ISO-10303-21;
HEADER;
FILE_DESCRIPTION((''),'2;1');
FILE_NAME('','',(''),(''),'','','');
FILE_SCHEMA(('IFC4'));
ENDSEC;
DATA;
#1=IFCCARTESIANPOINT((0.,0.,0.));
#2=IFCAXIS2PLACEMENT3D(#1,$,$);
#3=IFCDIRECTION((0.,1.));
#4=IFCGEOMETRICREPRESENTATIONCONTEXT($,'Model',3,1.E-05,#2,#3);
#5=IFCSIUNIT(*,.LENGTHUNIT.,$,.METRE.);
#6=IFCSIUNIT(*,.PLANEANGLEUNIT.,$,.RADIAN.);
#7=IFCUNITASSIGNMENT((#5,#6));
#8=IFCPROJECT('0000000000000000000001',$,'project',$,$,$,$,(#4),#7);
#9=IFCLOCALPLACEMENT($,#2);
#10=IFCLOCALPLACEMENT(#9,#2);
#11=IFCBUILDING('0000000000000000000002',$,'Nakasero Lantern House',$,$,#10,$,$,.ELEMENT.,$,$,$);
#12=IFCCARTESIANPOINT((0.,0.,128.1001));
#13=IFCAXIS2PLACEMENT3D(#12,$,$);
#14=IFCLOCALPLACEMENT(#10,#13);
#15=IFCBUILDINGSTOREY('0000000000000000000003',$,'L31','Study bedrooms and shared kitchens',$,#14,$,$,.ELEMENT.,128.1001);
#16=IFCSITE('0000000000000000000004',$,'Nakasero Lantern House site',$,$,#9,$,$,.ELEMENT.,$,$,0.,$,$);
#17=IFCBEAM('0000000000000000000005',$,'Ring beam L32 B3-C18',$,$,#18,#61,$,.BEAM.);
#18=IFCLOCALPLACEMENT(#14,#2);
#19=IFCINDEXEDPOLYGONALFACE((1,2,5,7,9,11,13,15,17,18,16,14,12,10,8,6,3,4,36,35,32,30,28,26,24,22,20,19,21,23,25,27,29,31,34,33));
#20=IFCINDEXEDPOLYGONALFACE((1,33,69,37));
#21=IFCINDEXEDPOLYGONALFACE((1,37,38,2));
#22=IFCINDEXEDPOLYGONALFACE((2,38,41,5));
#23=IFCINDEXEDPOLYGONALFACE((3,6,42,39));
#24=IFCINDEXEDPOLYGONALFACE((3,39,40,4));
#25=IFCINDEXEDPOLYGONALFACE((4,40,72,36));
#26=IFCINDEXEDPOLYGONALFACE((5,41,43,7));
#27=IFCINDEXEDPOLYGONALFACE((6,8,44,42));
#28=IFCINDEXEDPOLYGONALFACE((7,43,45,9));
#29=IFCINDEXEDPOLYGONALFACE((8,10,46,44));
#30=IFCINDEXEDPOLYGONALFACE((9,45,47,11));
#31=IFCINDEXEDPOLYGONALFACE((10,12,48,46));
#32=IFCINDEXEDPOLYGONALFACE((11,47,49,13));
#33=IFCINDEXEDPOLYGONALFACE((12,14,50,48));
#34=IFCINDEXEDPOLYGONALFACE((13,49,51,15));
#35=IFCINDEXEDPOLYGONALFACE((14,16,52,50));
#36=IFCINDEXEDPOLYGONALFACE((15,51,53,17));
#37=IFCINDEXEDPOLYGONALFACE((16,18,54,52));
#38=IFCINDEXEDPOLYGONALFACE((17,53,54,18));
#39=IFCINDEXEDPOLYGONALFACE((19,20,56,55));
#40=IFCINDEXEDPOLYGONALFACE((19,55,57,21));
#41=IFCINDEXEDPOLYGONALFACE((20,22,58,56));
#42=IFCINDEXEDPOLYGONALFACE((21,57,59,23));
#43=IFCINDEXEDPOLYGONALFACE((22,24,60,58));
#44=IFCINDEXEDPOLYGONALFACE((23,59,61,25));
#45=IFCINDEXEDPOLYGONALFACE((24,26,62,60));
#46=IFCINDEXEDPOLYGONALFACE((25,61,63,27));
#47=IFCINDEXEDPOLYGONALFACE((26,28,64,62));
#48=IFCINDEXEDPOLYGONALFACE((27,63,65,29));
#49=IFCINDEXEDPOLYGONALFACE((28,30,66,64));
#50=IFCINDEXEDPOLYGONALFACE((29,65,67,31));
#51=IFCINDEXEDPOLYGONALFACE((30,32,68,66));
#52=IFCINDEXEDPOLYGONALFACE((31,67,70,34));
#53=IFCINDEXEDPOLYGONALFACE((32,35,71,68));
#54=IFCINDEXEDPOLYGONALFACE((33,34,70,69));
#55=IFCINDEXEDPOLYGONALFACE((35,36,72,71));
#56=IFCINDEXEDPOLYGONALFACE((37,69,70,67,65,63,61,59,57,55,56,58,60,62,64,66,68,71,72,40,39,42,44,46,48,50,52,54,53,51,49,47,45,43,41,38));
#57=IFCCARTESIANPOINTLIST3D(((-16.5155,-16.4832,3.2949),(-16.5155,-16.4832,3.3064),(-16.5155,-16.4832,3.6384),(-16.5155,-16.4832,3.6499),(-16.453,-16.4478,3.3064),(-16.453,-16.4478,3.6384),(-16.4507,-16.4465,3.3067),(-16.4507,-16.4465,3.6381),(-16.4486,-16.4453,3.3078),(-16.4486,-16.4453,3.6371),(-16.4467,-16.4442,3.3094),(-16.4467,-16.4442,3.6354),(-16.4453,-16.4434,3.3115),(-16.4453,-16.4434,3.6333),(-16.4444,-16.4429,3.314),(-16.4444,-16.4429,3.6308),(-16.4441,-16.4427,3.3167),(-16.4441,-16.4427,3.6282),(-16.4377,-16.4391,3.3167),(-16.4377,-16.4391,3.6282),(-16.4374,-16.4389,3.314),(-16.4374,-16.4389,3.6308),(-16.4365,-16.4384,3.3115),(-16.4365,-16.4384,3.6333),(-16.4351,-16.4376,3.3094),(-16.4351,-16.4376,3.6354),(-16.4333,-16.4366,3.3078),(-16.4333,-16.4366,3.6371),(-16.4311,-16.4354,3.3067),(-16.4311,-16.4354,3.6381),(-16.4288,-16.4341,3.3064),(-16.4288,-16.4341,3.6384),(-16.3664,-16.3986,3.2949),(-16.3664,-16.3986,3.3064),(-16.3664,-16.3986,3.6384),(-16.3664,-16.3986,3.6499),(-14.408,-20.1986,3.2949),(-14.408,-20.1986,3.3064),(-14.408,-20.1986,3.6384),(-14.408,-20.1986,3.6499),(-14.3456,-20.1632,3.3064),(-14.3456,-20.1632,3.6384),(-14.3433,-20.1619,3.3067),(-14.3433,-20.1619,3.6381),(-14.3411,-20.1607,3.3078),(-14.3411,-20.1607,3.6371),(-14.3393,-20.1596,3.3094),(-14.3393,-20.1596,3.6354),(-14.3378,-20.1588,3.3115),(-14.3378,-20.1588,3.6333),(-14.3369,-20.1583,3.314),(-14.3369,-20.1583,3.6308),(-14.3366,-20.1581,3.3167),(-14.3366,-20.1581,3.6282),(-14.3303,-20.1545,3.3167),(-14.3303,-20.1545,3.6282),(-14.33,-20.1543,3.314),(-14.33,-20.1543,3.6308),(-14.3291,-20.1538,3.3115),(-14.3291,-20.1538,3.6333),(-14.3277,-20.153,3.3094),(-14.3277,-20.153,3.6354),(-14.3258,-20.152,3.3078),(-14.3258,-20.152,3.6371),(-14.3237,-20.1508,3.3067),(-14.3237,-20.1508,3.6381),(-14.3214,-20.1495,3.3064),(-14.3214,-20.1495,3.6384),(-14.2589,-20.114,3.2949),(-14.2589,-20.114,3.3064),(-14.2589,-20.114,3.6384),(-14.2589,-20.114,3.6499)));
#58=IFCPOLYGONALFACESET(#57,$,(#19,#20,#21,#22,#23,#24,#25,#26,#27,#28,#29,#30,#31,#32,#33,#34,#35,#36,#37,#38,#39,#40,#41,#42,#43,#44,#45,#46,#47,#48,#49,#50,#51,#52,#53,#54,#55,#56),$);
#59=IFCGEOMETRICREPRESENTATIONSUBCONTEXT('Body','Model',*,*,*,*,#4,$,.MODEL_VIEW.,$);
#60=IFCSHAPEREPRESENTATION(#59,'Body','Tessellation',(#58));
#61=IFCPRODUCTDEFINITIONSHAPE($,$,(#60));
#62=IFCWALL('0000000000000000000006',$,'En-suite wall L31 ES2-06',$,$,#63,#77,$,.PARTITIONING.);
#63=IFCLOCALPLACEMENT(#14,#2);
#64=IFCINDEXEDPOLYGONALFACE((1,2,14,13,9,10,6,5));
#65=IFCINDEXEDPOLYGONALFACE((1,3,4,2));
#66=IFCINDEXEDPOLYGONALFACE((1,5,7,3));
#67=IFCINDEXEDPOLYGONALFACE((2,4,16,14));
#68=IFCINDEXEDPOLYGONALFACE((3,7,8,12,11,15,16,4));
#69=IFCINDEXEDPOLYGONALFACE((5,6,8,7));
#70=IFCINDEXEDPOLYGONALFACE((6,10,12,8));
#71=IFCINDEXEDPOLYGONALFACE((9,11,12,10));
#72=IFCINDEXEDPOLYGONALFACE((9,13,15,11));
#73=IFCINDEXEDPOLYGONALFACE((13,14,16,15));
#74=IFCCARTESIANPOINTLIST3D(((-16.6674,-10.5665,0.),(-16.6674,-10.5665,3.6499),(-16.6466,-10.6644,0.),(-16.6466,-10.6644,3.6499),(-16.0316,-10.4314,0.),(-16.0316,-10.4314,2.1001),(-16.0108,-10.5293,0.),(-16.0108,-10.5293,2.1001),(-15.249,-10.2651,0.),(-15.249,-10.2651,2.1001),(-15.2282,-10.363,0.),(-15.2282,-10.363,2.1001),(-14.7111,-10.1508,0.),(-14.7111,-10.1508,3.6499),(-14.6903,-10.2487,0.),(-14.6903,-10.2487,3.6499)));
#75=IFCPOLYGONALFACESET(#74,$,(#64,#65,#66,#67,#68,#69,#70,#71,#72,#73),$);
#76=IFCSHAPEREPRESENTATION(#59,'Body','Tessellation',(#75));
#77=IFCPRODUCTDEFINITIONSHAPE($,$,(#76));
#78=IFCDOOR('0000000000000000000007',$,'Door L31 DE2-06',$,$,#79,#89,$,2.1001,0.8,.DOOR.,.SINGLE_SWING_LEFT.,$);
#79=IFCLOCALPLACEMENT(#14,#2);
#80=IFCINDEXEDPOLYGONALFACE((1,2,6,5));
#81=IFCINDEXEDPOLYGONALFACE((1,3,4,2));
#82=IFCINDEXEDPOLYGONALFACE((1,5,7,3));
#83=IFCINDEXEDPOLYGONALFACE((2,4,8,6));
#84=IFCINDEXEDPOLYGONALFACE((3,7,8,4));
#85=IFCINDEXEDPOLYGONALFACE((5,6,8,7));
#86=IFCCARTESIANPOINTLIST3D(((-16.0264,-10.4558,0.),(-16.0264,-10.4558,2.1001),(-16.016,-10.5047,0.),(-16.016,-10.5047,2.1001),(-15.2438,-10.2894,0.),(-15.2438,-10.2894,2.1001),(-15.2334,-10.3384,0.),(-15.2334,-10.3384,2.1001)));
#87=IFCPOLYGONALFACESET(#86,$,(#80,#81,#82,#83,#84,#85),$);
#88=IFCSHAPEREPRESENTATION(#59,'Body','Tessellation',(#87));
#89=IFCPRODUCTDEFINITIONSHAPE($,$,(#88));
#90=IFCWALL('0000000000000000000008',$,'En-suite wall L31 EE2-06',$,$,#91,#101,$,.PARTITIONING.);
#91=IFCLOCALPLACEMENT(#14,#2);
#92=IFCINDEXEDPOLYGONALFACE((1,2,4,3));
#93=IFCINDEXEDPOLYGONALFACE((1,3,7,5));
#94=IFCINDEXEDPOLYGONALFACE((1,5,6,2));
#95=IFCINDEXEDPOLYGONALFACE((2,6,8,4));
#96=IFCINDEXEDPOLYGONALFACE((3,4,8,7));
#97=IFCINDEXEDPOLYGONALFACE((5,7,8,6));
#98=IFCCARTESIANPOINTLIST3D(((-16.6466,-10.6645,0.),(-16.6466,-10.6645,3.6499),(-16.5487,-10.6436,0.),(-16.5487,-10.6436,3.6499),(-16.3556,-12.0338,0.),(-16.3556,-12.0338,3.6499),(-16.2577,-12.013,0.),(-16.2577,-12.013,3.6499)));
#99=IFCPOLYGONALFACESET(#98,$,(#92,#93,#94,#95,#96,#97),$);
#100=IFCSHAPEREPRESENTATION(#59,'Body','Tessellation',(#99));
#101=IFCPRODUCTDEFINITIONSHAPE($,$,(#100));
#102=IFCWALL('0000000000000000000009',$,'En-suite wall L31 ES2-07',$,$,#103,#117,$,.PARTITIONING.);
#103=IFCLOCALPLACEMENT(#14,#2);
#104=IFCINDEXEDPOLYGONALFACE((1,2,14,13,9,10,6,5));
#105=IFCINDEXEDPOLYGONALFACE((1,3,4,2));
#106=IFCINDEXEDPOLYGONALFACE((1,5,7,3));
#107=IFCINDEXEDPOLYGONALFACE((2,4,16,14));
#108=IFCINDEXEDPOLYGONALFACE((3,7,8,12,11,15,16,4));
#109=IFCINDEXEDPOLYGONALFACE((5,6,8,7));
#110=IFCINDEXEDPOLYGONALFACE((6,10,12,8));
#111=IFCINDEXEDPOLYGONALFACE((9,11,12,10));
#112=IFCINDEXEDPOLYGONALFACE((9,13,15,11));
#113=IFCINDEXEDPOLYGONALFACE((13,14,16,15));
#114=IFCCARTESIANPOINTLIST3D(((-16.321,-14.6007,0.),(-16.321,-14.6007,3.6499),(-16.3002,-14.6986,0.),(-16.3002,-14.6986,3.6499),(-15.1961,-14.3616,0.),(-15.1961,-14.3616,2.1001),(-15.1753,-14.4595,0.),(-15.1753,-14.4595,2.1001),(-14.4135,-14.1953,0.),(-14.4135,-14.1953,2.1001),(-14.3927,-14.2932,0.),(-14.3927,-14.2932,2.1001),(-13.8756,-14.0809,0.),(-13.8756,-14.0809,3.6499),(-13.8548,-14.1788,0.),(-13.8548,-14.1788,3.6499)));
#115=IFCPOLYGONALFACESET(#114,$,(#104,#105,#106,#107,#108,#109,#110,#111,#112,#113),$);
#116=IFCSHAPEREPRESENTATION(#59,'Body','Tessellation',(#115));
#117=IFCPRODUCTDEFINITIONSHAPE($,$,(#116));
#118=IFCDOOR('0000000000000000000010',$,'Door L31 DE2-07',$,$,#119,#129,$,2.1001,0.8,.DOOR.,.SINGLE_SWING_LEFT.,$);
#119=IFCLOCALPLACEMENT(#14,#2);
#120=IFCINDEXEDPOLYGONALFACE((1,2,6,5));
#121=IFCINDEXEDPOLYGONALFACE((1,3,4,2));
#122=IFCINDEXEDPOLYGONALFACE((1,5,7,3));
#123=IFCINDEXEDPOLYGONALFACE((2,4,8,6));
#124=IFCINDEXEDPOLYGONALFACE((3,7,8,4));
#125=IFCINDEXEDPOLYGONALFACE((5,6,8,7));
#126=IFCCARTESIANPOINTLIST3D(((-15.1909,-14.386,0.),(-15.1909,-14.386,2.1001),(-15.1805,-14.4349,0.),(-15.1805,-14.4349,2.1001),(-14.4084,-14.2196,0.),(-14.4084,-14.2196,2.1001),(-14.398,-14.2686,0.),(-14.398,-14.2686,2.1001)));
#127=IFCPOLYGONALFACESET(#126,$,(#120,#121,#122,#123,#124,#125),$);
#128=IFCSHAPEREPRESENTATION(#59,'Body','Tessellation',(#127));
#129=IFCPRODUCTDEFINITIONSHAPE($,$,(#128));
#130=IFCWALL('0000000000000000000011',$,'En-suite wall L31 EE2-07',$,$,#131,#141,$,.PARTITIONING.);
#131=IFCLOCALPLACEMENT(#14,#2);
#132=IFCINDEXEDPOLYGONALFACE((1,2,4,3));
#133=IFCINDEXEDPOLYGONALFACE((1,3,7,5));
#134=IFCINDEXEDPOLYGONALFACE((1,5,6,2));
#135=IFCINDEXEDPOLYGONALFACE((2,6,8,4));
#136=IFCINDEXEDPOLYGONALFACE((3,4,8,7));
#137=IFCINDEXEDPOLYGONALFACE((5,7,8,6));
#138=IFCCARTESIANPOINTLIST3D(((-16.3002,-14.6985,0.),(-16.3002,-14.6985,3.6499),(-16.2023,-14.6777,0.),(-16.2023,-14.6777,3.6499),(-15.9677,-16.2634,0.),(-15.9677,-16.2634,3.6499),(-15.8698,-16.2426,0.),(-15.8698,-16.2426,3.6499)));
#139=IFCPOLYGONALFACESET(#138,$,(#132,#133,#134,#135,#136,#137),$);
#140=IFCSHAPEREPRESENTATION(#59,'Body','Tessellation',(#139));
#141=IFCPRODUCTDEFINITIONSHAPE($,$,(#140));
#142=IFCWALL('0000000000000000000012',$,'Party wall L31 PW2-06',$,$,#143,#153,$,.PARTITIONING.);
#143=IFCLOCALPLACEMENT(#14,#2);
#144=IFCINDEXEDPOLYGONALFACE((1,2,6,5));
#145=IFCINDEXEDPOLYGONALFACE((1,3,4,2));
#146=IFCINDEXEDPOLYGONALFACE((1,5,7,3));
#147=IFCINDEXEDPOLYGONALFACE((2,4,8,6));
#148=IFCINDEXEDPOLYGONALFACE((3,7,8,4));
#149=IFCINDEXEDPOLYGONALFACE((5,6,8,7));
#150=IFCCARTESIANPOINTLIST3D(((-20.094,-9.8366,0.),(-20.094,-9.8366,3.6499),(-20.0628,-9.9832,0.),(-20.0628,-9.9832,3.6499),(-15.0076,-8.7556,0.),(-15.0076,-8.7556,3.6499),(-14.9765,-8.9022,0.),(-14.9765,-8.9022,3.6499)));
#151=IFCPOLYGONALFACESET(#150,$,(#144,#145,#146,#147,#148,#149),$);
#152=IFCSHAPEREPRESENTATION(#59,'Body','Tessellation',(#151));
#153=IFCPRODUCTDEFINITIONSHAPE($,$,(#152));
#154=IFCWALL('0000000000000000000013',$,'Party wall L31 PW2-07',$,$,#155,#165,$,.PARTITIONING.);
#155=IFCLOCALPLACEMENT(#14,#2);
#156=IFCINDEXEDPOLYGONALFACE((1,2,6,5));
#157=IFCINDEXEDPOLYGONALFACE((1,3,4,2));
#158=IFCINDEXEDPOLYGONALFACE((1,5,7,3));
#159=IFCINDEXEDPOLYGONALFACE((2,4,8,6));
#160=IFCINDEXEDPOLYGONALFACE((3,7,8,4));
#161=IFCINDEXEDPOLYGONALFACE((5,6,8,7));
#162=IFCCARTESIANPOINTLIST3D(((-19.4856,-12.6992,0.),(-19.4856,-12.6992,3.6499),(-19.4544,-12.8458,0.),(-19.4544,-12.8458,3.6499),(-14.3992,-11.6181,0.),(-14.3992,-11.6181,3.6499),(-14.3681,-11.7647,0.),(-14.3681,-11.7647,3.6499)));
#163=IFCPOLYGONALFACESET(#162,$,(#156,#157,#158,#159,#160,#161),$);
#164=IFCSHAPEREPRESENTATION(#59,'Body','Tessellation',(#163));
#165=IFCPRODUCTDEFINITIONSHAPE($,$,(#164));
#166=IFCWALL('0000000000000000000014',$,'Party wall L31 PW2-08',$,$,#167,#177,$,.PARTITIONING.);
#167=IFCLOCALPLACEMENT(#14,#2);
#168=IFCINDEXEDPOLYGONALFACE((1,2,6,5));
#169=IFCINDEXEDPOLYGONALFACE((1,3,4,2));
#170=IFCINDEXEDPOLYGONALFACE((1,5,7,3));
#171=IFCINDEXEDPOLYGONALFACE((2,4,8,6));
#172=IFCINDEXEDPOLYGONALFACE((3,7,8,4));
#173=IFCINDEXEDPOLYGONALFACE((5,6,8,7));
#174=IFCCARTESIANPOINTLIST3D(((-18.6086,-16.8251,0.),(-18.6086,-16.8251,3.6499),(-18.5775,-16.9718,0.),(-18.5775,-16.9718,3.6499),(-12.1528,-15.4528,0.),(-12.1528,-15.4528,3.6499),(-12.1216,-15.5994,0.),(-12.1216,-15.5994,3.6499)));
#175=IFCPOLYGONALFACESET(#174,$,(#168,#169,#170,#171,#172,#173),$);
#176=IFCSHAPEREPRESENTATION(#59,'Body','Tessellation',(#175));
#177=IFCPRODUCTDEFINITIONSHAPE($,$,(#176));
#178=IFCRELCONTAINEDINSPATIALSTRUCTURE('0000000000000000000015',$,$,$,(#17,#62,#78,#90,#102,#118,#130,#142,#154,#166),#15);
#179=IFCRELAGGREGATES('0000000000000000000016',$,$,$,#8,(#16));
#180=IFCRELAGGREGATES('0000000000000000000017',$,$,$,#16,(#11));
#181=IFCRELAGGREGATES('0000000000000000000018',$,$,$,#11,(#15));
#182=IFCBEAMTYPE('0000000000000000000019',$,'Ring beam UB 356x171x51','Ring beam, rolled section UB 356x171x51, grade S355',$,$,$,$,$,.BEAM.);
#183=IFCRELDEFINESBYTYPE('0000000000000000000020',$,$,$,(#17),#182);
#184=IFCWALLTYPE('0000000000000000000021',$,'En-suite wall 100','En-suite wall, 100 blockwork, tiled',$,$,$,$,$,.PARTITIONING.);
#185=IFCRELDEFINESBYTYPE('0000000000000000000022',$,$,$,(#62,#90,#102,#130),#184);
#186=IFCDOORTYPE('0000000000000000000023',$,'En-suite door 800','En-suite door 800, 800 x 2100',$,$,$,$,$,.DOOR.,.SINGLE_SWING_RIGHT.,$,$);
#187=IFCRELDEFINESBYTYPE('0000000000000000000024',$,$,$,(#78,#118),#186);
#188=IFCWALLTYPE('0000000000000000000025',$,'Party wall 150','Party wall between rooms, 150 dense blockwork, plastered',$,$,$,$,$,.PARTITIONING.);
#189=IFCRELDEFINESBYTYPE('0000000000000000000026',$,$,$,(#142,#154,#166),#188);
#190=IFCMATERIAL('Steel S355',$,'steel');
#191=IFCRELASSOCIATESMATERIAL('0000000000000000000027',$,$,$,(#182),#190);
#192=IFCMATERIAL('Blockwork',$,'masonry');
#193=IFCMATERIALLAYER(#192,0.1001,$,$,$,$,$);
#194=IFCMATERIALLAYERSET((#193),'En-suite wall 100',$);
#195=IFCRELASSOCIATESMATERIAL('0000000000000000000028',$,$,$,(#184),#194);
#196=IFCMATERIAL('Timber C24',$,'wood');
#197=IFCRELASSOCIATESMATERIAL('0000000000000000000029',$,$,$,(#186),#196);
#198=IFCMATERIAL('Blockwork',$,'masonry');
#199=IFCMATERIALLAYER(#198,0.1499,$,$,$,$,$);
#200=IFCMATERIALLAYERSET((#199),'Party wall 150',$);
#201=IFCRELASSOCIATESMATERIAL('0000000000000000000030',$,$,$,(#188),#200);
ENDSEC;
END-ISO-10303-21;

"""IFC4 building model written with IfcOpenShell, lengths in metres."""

from ifc_helpers import new_model, si_unit, direction, frame, frame_2d, origin, origin_2d, place, context, subcontext, project, spatial, rectangle, i_section, extrude, material, layer, layer_set, material_profile, profile_set, type_object, element, fill, save


model = new_model("IFC4")

# Units and contexts
model_context = context("Model", 3, precision=1e-05, world=origin(), true_north=direction((0.0, 1.0)))
body_context = subcontext(model_context, "Body", "Model", "MODEL_VIEW")
ifc_project = project(units=[si_unit("LENGTHUNIT", "METRE"), si_unit("PLANEANGLEUNIT", "RADIAN")], contexts=[model_context])

# Site, building, storey
site_placement = place(None, origin())
site = spatial("IfcSite", under=ifc_project, at=site_placement, Name="Nakasero Lantern House site", CompositionType="ELEMENT", RefElevation=0.0)
building_placement = place(site_placement, origin())
building = spatial("IfcBuilding", under=site, at=building_placement, Name="Nakasero Lantern House", CompositionType="ELEMENT")
storey_placement = place(building_placement, frame((0.0, 0.0, 128.1001)))
storey = spatial("IfcBuildingStorey", under=building, at=storey_placement, Name="L31", Description="Study bedrooms and shared kitchens", CompositionType="ELEMENT", Elevation=128.1001)

# Beam
ifc_material_1 = material(Name="Steel S355", Category="steel")
ifc_material_profile_1 = material_profile(ifc_material_1, i_section(OverallWidth=0.1714, OverallDepth=0.355, WebThickness=0.0073, FlangeThickness=0.0115, FilletRadius=0.0103, at=origin_2d()), Name="UB 356x171x51")
ifc_profile_set_1 = profile_set([ifc_material_profile_1], Name="Steel S355")
beam_type_1 = type_object("IfcBeamType", Name="Ring beam UB 356x171x51", Description="Ring beam, rolled section UB 356x171x51, grade S355", PredefinedType="BEAM", material=ifc_profile_set_1)
beam_1_placement = place(storey_placement, frame((-16.4409, -16.4409, 3.4724), z_axis=(0.493379, -0.869815, 0.0), x_axis=(0.869815, 0.493379, 0.0)))
element("IfcBeam", 1, at=beam_1_placement, inside=storey, type_object=beam_type_1, Name="Ring beam L32 B3-C18", PredefinedType="BEAM", context=body_context, shape_type="SweptSolid", body=[
    extrude(i_section(OverallWidth=0.1714, OverallDepth=0.355, WebThickness=0.0073, FlangeThickness=0.0115, FilletRadius=0.0103, at=origin_2d()), origin(), (0.0, 0.0, 1.0), 4.2715),
])

# Wall, opening, door
ifc_material_2 = material(Name="Blockwork", Category="masonry")
ifc_layer_1 = layer(ifc_material_2, 0.1001)
ifc_layer_set_1 = layer_set([ifc_layer_1], Name="En-suite wall 100")
wall_type_1 = type_object("IfcWallType", Name="En-suite wall 100", Description="En-suite wall, 100 blockwork, tiled", PredefinedType="PARTITIONING", material=ifc_layer_set_1)
wall_1_placement = place(storey_placement, frame((-14.7007, -10.1997, 0.0), z_axis=(0.0, 0.0, 1.0), x_axis=(-0.978153, -0.207886, 0.0)))
wall_1 = element("IfcWall", 2, at=wall_1_placement, inside=storey, type_object=wall_type_1, Name="En-suite wall L31 ES2-06", PredefinedType="PARTITIONING", context=body_context, shape_type="SweptSolid", body=[
    extrude(rectangle(XDim=2.0, YDim=0.1001, at=frame_2d((1.0, 0.0))), origin(), (0.0, 0.0, 1.0), 3.6499),
])
opening_1_placement = place(wall_1_placement, frame((0.55, 0.0, 0.0)))
opening_1 = element("IfcOpeningElement", 3, at=opening_1_placement, cuts=wall_1, PredefinedType="OPENING", context=body_context, shape_type="SweptSolid", body=[
    extrude(rectangle(XDim=0.8, YDim=2.1001, at=frame_2d((0.3999, 1.05))), frame((0.0, 0.0701, 0.0), z_axis=(0.0, -1.0, 0.0), x_axis=(1.0, 0.0, 0.0)), (0.0, 0.0, 1.0), 0.1401),
])
ifc_material_3 = material(Name="Timber C24", Category="wood")
door_type = type_object("IfcDoorType", Name="En-suite door 800", Description="En-suite door 800, 800 x 2100", OperationType="SINGLE_SWING_RIGHT", PredefinedType="DOOR", material=ifc_material_3)
door_1_placement = place(opening_1_placement, origin())
door_1 = element("IfcDoor", 4, at=door_1_placement, inside=storey, type_object=door_type, Name="Door L31 DE2-06", OperationType="SINGLE_SWING_LEFT", OverallHeight=2.1001, OverallWidth=0.8, PredefinedType="DOOR", context=body_context, shape_type="SweptSolid", body=[
    extrude(rectangle(XDim=0.8, YDim=2.1001, at=frame_2d((0.3999, 1.05))), frame((0.0, 0.0249, 0.0), z_axis=(0.0, -1.0, 0.0), x_axis=(1.0, 0.0, 0.0)), (0.0, 0.0, 1.0), 0.05),
])
fill(opening_1, door_1)

# Wall
wall_2_placement = place(storey_placement, frame((-16.5977, -10.6541, 0.0), z_axis=(0.0, 0.0, 1.0), x_axis=(0.207873, -0.978156, 0.0)))
element("IfcWall", 5, at=wall_2_placement, inside=storey, type_object=wall_type_1, Name="En-suite wall L31 EE2-06", PredefinedType="PARTITIONING", context=body_context, shape_type="SweptSolid", body=[
    extrude(rectangle(XDim=1.3999, YDim=0.1001, at=frame_2d((0.7, 0.0))), origin(), (0.0, 0.0, 1.0), 3.6499),
])

# Wall, opening, door
wall_3_placement = place(storey_placement, frame((-13.8652, -14.1299, 0.0), z_axis=(0.0, 0.0, 1.0), x_axis=(-0.978147, -0.207915, 0.0)))
wall_3 = element("IfcWall", 6, at=wall_3_placement, inside=storey, type_object=wall_type_1, Name="En-suite wall L31 ES2-07", PredefinedType="PARTITIONING", context=body_context, shape_type="SweptSolid", body=[
    extrude(rectangle(XDim=2.5, YDim=0.1001, at=frame_2d((1.25, 0.0))), origin(), (0.0, 0.0, 1.0), 3.6499),
])
opening_2_placement = place(wall_3_placement, frame((0.55, 0.0, 0.0)))
opening_2 = element("IfcOpeningElement", 7, at=opening_2_placement, cuts=wall_3, PredefinedType="OPENING", context=body_context, shape_type="SweptSolid", body=[
    extrude(rectangle(XDim=0.8, YDim=2.1001, at=frame_2d((0.3999, 1.05))), frame((0.0, 0.0701, 0.0), z_axis=(0.0, -1.0, 0.0), x_axis=(1.0, 0.0, 0.0)), (0.0, 0.0, 1.0), 0.1401),
])
door_2_placement = place(opening_2_placement, origin())
door_2 = element("IfcDoor", 8, at=door_2_placement, inside=storey, type_object=door_type, Name="Door L31 DE2-07", OperationType="SINGLE_SWING_LEFT", OverallHeight=2.1001, OverallWidth=0.8, PredefinedType="DOOR", context=body_context, shape_type="SweptSolid", body=[
    extrude(rectangle(XDim=0.8, YDim=2.1001, at=frame_2d((0.3999, 1.05))), frame((0.0, 0.0249, 0.0), z_axis=(0.0, -1.0, 0.0), x_axis=(1.0, 0.0, 0.0)), (0.0, 0.0, 1.0), 0.05),
])
fill(opening_2, door_2)

# Walls
wall_4_placement = place(storey_placement, frame((-16.2512, -14.6882, 0.0), z_axis=(0.0, 0.0, 1.0), x_axis=(0.207841, -0.978163, 0.0)))
element("IfcWall", 9, at=wall_4_placement, inside=storey, type_object=wall_type_1, Name="En-suite wall L31 EE2-07", PredefinedType="PARTITIONING", context=body_context, shape_type="SweptSolid", body=[
    extrude(rectangle(XDim=1.5999, YDim=0.1001, at=frame_2d((0.7998, 0.0))), origin(), (0.0, 0.0, 1.0), 3.6499),
])
ifc_material_4 = material(Name="Blockwork", Category="masonry")
ifc_layer_2 = layer(ifc_material_4, 0.1499)
ifc_layer_set_2 = layer_set([ifc_layer_2], Name="Party wall 150")
wall_type_2 = type_object("IfcWallType", Name="Party wall 150", Description="Party wall between rooms, 150 dense blockwork, plastered", PredefinedType="PARTITIONING", material=ifc_layer_set_2)
for number, where, z_axis, x_axis, name in (
    (10, (-14.9919, -8.8289, 0.0), (0.0, 0.0, 1.0), (-0.978151, -0.207894, 0.0), "Party wall L31 PW2-06"),
    (11, (-14.3835, -11.6914, 0.0), (0.0, 0.0, 1.0), (-0.978151, -0.207894, 0.0), "Party wall L31 PW2-07"),
):
    element("IfcWall", number, at=place(storey_placement, frame(where, z_axis=z_axis, x_axis=x_axis)), inside=storey, type_object=wall_type_2, Name=name, PredefinedType="PARTITIONING", context=body_context, shape_type="SweptSolid", body=[
        extrude(rectangle(XDim=5.2, YDim=0.1499, at=frame_2d((2.6001, 0.0))), origin(), (0.0, 0.0, 1.0), 3.6499),
    ])
wall_5_placement = place(storey_placement, frame((-12.1372, -15.5261, 0.0), z_axis=(0.0, 0.0, 1.0), x_axis=(-0.978145, -0.207925, 0.0)))
element("IfcWall", 12, at=wall_5_placement, inside=storey, type_object=wall_type_2, Name="Party wall L31 PW2-08", PredefinedType="PARTITIONING", context=body_context, shape_type="SweptSolid", body=[
    extrude(rectangle(XDim=6.6001, YDim=0.1499, at=frame_2d((3.3, 0.0))), origin(), (0.0, 0.0, 1.0), 3.6499),
])

save(model, "model.ifc")
